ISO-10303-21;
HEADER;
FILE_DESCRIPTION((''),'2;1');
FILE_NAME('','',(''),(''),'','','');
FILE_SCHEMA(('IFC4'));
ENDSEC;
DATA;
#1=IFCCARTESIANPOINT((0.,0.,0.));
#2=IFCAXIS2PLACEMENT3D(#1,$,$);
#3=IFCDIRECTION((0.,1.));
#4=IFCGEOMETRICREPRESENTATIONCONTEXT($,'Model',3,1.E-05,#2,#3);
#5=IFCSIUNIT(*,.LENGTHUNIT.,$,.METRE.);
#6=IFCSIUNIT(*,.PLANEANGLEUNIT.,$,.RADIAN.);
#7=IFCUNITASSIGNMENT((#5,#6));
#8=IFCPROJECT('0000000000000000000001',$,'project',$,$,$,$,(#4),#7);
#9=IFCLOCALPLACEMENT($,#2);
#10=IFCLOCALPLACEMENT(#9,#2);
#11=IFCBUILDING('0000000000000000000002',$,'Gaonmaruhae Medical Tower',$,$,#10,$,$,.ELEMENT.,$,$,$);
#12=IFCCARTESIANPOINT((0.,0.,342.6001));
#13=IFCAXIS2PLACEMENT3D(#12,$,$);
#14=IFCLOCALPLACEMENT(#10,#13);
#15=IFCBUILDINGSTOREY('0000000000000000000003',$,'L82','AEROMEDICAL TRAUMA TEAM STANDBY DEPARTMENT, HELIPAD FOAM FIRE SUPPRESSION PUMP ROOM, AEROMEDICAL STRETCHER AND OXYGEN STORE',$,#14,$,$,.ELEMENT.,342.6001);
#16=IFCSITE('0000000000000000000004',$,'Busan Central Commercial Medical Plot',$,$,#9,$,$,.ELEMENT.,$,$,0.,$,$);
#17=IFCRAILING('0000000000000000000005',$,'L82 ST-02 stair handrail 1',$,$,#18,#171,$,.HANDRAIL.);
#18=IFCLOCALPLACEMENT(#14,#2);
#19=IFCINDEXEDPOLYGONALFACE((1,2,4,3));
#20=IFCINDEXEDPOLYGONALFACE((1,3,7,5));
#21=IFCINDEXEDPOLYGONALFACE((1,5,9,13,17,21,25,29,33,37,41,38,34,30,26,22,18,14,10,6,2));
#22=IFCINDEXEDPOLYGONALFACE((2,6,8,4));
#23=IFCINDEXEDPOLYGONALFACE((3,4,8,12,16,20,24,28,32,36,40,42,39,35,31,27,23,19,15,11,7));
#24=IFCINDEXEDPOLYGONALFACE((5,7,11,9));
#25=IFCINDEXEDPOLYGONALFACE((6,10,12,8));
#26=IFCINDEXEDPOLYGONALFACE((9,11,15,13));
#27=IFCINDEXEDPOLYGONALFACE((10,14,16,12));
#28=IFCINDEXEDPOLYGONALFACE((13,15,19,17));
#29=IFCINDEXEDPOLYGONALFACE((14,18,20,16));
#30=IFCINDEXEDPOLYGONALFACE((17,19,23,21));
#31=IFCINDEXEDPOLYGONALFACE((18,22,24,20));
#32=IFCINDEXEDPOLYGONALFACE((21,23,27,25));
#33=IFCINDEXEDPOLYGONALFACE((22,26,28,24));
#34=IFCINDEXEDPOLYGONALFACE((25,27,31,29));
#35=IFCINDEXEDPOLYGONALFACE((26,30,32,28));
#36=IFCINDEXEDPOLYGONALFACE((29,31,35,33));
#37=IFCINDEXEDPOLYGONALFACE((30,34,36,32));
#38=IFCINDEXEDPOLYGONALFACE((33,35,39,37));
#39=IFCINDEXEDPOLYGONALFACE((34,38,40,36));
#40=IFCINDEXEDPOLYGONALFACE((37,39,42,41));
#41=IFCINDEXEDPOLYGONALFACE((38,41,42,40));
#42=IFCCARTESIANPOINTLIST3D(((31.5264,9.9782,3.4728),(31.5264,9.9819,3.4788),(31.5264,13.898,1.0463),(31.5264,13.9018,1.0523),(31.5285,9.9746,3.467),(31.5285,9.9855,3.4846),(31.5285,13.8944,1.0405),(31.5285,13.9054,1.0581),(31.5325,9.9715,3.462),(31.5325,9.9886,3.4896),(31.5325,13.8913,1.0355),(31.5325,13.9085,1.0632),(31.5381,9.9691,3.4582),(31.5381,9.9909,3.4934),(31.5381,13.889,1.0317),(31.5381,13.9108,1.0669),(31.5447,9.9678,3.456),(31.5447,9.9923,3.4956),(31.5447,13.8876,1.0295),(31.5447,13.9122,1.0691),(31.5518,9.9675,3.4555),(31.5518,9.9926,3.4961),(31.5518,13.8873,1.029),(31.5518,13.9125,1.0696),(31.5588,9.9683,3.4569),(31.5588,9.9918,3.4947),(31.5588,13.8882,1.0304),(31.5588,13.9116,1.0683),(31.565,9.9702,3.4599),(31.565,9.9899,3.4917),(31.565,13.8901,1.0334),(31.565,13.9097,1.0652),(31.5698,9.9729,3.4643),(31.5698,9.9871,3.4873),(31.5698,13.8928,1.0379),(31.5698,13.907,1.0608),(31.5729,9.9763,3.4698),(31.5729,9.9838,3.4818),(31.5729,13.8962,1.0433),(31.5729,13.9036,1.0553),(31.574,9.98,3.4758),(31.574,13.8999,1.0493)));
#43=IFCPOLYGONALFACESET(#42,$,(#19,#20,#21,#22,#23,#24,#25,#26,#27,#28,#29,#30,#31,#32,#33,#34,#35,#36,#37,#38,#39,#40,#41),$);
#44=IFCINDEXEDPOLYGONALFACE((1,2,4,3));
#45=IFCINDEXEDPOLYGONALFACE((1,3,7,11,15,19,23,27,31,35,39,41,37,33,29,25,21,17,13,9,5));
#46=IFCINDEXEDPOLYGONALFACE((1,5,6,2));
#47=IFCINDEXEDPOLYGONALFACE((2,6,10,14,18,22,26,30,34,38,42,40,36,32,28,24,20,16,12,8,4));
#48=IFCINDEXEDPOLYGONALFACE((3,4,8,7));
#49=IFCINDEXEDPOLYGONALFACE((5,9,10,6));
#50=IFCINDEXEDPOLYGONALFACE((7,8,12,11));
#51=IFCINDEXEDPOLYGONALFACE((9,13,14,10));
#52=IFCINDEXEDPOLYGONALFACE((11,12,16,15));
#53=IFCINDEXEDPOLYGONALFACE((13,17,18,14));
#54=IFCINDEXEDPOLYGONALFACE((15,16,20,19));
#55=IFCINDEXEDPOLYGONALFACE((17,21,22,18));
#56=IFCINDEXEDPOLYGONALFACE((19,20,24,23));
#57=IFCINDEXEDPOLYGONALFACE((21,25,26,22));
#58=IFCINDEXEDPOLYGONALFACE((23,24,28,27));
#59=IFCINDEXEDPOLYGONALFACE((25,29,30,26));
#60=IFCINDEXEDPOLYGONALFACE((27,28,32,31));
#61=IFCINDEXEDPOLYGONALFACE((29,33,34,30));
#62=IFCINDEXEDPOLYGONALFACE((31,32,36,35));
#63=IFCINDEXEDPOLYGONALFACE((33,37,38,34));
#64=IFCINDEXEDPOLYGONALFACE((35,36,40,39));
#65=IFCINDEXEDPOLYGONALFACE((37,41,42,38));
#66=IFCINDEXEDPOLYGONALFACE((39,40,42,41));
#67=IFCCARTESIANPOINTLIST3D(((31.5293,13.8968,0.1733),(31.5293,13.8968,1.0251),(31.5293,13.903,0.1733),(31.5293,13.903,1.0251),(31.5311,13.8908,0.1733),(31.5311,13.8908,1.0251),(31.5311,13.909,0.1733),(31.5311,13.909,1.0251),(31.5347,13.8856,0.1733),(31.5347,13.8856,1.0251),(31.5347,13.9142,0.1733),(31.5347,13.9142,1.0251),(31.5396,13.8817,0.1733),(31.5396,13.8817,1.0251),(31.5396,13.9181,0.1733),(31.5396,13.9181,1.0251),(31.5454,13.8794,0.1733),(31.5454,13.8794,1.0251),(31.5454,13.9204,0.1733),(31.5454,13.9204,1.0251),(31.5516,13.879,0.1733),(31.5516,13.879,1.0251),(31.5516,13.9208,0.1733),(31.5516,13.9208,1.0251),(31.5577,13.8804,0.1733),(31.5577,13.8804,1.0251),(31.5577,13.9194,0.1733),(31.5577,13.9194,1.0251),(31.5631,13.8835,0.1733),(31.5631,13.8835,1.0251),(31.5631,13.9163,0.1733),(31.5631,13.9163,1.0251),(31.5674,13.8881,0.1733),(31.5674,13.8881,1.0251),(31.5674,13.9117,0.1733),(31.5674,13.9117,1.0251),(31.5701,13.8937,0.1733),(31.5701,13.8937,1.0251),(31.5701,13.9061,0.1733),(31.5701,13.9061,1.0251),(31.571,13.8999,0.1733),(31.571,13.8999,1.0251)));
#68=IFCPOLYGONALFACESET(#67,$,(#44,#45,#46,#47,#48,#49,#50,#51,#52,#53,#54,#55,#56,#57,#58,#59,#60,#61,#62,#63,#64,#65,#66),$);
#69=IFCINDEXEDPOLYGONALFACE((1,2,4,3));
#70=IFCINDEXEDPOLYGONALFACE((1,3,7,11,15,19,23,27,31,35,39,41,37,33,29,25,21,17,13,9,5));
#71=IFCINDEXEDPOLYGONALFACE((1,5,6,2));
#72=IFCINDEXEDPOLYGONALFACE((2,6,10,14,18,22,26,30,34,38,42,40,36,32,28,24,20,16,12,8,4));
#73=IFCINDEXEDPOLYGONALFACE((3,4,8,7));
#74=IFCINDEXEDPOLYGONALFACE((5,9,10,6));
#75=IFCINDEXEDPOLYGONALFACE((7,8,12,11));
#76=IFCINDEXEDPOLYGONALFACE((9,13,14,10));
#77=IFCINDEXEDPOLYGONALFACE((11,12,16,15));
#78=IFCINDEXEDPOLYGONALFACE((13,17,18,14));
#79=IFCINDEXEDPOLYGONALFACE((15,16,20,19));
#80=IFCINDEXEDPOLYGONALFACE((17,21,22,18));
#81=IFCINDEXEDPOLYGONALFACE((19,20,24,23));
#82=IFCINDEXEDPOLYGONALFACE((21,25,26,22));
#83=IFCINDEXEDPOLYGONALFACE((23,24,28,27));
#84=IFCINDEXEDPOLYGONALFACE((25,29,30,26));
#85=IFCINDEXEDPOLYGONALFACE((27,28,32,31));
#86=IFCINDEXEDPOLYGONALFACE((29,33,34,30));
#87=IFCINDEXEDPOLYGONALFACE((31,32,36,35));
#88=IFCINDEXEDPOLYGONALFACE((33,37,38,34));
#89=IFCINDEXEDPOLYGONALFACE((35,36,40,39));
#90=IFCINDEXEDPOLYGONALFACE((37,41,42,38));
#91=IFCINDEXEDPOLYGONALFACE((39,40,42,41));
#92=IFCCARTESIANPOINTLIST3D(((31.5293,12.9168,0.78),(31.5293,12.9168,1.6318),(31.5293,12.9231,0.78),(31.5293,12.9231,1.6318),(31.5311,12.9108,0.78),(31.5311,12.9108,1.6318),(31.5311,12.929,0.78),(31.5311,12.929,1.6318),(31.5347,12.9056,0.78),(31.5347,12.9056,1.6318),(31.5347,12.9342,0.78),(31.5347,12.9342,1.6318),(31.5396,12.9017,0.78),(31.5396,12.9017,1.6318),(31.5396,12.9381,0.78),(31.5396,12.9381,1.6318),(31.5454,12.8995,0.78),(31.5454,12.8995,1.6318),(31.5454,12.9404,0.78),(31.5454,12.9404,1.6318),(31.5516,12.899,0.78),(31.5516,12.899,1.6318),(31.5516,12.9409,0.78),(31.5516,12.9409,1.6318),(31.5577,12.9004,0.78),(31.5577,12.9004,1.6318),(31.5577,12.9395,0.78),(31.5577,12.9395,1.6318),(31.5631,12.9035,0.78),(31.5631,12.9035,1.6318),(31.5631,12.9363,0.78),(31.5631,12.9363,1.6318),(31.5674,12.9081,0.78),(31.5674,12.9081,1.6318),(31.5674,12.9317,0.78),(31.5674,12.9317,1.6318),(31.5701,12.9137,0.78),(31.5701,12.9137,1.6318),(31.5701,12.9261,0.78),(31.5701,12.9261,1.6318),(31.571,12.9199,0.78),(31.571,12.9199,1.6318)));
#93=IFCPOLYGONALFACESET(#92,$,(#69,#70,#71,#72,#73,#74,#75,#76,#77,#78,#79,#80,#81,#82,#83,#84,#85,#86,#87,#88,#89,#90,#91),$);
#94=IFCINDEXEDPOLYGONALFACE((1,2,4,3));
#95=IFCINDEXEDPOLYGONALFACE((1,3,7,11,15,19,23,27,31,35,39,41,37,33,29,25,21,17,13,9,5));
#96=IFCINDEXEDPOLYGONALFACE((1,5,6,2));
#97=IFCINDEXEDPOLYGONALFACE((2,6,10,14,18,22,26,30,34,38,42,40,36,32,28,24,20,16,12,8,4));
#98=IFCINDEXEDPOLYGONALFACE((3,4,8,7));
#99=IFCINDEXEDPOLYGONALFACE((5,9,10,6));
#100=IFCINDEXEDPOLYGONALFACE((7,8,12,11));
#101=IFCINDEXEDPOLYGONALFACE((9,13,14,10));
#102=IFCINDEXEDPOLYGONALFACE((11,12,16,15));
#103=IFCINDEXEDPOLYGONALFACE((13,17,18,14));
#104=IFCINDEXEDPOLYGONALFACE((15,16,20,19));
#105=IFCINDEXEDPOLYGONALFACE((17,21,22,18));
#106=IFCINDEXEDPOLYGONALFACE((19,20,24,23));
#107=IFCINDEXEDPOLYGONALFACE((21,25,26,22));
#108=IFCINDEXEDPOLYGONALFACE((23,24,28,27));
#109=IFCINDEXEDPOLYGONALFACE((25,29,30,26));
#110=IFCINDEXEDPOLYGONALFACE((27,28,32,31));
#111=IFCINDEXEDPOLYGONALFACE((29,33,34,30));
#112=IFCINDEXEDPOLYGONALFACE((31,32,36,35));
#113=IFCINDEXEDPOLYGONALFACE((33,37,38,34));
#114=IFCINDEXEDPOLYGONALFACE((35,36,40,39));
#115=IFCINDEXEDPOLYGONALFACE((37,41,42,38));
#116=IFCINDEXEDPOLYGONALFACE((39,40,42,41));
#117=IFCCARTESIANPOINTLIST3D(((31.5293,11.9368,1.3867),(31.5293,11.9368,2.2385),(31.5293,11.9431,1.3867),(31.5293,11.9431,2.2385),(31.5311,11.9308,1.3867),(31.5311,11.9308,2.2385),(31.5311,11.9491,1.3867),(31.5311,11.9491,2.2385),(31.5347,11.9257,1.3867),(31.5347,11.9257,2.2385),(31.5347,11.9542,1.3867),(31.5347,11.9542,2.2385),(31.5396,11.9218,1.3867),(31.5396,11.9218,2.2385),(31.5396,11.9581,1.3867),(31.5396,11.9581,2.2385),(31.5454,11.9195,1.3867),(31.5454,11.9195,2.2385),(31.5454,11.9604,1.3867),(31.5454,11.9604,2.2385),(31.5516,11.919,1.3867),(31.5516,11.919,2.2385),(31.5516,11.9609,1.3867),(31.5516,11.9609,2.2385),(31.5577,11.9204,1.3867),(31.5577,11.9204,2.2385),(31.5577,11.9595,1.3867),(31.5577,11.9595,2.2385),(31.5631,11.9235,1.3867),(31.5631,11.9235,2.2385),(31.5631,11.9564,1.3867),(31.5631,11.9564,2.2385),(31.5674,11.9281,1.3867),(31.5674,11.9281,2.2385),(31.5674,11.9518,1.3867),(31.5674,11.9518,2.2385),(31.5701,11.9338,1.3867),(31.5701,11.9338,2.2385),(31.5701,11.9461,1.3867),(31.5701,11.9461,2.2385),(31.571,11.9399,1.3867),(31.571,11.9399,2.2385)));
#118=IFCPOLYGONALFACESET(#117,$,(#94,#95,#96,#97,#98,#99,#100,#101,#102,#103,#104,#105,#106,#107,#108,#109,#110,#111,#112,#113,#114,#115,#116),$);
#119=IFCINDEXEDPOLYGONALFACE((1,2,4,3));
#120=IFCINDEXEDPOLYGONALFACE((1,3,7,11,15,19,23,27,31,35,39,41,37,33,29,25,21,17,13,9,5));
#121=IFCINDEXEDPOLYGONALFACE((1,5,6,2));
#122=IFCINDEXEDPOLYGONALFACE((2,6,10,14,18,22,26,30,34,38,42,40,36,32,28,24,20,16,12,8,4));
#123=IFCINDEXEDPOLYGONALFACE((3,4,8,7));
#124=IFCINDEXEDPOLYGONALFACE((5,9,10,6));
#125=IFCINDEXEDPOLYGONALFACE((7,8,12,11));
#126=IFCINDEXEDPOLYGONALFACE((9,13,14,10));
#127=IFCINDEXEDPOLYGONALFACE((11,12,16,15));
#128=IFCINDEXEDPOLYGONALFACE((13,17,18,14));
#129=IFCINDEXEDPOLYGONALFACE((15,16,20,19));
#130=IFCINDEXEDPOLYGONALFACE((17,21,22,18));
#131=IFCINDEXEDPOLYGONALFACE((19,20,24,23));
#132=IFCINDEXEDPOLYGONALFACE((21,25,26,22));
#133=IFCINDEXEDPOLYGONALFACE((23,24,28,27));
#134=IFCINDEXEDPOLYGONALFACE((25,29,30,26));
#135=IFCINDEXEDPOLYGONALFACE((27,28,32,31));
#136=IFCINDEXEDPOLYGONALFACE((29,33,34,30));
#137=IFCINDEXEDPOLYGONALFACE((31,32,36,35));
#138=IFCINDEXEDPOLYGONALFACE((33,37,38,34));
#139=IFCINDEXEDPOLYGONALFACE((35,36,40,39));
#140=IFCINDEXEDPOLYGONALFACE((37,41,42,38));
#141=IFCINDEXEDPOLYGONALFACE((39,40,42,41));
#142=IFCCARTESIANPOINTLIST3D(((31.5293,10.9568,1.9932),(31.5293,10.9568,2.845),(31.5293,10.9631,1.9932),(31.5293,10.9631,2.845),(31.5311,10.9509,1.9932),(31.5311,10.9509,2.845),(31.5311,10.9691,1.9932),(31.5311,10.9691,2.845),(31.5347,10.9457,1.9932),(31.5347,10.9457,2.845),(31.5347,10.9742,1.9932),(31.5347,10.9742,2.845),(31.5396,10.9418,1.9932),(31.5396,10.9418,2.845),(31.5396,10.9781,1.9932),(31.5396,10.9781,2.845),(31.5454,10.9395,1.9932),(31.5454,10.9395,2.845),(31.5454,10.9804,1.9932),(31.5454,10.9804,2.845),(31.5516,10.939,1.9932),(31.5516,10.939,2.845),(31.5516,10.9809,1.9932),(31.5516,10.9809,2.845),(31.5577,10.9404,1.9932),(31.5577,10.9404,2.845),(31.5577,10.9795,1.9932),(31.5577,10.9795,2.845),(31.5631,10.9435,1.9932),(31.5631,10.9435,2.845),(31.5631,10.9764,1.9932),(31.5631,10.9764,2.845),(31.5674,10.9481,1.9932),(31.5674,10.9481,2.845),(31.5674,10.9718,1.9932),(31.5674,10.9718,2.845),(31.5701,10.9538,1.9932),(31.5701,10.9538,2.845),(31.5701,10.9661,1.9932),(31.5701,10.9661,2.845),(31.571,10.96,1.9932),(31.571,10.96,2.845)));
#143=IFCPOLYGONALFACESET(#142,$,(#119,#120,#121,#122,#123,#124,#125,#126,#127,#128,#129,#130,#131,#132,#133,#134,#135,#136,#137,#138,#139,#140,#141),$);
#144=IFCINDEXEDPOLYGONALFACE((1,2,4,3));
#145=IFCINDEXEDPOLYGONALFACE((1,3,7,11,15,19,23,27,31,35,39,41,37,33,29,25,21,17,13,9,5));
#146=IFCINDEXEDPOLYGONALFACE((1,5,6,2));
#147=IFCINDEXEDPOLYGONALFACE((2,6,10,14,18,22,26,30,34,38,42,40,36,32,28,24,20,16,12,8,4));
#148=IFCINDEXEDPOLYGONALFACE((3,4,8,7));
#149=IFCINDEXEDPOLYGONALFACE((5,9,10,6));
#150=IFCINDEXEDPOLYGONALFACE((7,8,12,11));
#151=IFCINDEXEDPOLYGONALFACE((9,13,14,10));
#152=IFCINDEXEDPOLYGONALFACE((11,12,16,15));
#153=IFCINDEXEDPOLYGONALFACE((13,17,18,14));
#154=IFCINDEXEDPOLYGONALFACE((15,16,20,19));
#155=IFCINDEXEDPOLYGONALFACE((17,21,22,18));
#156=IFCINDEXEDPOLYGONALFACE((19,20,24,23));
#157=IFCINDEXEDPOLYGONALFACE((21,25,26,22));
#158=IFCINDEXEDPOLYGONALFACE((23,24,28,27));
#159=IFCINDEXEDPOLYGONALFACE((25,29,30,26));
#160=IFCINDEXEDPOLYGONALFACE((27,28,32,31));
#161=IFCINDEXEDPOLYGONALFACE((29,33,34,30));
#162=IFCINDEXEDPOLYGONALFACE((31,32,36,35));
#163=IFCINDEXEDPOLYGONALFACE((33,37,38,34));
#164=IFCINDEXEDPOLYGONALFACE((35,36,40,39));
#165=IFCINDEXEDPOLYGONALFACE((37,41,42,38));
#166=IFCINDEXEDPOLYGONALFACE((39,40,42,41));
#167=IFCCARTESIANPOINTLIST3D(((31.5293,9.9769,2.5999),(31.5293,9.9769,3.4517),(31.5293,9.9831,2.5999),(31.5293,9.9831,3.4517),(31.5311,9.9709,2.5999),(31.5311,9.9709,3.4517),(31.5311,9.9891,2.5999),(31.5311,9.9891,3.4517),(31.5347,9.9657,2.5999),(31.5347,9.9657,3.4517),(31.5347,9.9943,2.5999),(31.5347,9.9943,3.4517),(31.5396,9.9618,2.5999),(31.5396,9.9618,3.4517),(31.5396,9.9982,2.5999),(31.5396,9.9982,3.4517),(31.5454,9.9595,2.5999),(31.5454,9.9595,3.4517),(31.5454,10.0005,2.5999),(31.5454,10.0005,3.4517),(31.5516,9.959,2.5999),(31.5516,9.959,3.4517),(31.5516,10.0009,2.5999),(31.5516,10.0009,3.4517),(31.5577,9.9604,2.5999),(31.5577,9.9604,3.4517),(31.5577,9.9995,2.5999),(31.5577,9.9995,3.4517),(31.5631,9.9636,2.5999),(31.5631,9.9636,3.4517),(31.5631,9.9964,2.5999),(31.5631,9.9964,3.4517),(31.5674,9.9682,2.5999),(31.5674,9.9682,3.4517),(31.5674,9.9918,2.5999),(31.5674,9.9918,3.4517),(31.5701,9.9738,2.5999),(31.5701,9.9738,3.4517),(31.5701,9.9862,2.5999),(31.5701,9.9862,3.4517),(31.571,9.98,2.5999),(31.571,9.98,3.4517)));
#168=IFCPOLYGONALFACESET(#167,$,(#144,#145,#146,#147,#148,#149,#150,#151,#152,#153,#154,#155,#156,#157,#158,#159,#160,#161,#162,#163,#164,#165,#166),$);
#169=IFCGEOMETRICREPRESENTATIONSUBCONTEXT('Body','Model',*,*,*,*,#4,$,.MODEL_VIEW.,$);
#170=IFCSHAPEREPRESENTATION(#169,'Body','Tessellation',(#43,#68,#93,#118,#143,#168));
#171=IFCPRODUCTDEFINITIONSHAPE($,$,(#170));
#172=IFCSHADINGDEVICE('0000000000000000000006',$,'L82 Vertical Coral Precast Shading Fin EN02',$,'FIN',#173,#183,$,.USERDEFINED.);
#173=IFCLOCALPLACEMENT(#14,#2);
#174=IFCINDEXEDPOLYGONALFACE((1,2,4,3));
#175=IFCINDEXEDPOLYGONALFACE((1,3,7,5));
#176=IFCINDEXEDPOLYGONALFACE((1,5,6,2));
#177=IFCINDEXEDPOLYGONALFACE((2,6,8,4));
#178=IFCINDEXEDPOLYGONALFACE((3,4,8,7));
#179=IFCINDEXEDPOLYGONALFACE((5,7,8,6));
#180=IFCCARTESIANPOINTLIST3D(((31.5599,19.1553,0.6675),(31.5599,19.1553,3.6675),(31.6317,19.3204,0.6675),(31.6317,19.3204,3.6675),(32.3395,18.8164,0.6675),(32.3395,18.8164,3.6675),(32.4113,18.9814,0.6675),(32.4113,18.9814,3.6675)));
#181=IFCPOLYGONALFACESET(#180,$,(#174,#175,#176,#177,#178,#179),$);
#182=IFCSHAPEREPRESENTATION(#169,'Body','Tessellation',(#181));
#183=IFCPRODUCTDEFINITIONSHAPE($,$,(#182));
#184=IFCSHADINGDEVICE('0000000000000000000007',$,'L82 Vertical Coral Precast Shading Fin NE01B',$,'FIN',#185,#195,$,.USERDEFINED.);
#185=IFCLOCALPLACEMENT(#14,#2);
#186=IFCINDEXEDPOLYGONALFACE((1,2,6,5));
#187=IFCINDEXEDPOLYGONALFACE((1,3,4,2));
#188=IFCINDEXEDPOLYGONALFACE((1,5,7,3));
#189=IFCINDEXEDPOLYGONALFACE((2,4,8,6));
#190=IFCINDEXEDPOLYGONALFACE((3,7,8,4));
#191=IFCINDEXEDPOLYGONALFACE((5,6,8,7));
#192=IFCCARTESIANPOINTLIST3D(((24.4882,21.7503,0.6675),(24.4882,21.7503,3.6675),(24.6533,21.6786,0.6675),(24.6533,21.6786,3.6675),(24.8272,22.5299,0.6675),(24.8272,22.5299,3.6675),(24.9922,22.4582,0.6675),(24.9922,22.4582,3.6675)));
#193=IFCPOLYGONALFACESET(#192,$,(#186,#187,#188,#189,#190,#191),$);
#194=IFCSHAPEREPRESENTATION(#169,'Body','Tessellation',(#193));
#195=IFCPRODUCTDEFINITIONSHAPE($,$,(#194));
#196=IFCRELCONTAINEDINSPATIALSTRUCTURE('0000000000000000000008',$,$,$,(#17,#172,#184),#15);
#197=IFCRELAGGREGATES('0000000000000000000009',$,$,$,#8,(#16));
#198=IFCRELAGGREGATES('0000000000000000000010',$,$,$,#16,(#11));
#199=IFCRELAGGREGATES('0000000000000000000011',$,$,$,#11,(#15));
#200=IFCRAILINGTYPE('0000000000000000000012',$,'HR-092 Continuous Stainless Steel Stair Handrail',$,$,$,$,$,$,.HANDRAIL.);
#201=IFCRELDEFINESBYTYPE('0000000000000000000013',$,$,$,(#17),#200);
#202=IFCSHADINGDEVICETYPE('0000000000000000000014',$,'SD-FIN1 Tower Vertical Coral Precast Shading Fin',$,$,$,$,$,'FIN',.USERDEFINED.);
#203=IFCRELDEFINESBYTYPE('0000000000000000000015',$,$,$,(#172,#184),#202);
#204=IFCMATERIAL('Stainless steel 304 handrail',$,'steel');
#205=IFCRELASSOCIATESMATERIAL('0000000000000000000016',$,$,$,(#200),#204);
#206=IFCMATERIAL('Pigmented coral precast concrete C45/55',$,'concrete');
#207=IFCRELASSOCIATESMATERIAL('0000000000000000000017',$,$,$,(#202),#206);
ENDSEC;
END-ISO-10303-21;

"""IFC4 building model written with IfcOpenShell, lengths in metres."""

from ifc_helpers import new_model, si_unit, direction, frame, origin, origin_2d, place, context, subcontext, project, spatial, rectangle, circle, extrude, material, type_object, element, save


model = new_model("IFC4")

# Units and contexts
model_context = context("Model", 3, precision=1e-05, world=origin(), true_north=direction((0.0, 1.0)))
body_context = subcontext(model_context, "Body", "Model", "MODEL_VIEW")
ifc_project = project(units=[si_unit("LENGTHUNIT", "METRE"), si_unit("PLANEANGLEUNIT", "RADIAN")], contexts=[model_context])

# Site, building, storey
site_placement = place(None, origin())
site = spatial("IfcSite", under=ifc_project, at=site_placement, Name="Busan Central Commercial Medical Plot", CompositionType="ELEMENT", RefElevation=0.0)
building_placement = place(site_placement, origin())
building = spatial("IfcBuilding", under=site, at=building_placement, Name="Gaonmaruhae Medical Tower", CompositionType="ELEMENT")
storey_placement = place(building_placement, frame((0.0, 0.0, 342.6001)))
storey = spatial("IfcBuildingStorey", under=building, at=storey_placement, Name="L82", Description="AEROMEDICAL TRAUMA TEAM STANDBY DEPARTMENT, HELIPAD FOAM FIRE SUPPRESSION PUMP ROOM, AEROMEDICAL STRETCHER AND OXYGEN STORE", CompositionType="ELEMENT", Elevation=342.6001)

# Railing
ifc_material_1 = material(Name="Stainless steel 304 handrail", Category="steel")
railing_type_1 = type_object("IfcRailingType", Name="HR-092 Continuous Stainless Steel Stair Handrail", PredefinedType="HANDRAIL", material=ifc_material_1)
railing_1_placement = place(storey_placement, frame((31.55, 13.8999, 0.1733)))
element("IfcRailing", 1, at=railing_1_placement, inside=storey, type_object=railing_type_1, Name="L82 ST-02 stair handrail 1", PredefinedType="HANDRAIL", context=body_context, shape_type="SweptSolid", body=[
    extrude(circle(Radius=0.0239, at=origin_2d()), frame((0.0, 0.0, 0.876), z_axis=(0.0, -0.850275, 0.526338), x_axis=(1.0, 0.0, 0.0)), (0.0, 0.0, 1.0), 4.6101),
    extrude(circle(Radius=0.021, at=origin_2d()), origin(), (0.0, 0.0, 1.0), 0.8518),
    extrude(circle(Radius=0.021, at=origin_2d()), frame((0.0, -0.98, 0.6067)), (0.0, 0.0, 1.0), 0.8518),
    extrude(circle(Radius=0.021, at=origin_2d()), frame((0.0, -1.96, 1.2134)), (0.0, 0.0, 1.0), 0.8518),
    extrude(circle(Radius=0.021, at=origin_2d()), frame((0.0, -2.9399, 1.8198)), (0.0, 0.0, 1.0), 0.8518),
    extrude(circle(Radius=0.021, at=origin_2d()), frame((0.0, -3.9199, 2.4265)), (0.0, 0.0, 1.0), 0.8518),
])

# Shading devices
ifc_material_2 = material(Name="Pigmented coral precast concrete C45/55", Category="concrete")
shading_device_type = type_object("IfcShadingDeviceType", Name="SD-FIN1 Tower Vertical Coral Precast Shading Fin", ElementType="FIN", PredefinedType="USERDEFINED", material=ifc_material_2)
for number, where, z_axis, x_axis, name in (
    (2, (31.9856, 19.0684, 0.6675), (0.0, 0.0, 1.0), (0.398749, 0.91706, 0.0), "L82 Vertical Coral Precast Shading Fin EN02"),
    (3, (24.7402, 22.1042, 0.6675), (0.0, 0.0, 1.0), (0.917067, -0.398733, 0.0), "L82 Vertical Coral Precast Shading Fin NE01B"),
):
    element("IfcShadingDevice", number, at=place(storey_placement, frame(where, z_axis=z_axis, x_axis=x_axis)), inside=storey, type_object=shading_device_type, Name=name, ObjectType="FIN", PredefinedType="USERDEFINED", context=body_context, shape_type="SweptSolid", body=[
        extrude(rectangle(XDim=0.1799, YDim=0.8501, at=origin_2d()), origin(), (0.0, 0.0, 1.0), 3.0),
    ])

save(model, "model.ifc")
